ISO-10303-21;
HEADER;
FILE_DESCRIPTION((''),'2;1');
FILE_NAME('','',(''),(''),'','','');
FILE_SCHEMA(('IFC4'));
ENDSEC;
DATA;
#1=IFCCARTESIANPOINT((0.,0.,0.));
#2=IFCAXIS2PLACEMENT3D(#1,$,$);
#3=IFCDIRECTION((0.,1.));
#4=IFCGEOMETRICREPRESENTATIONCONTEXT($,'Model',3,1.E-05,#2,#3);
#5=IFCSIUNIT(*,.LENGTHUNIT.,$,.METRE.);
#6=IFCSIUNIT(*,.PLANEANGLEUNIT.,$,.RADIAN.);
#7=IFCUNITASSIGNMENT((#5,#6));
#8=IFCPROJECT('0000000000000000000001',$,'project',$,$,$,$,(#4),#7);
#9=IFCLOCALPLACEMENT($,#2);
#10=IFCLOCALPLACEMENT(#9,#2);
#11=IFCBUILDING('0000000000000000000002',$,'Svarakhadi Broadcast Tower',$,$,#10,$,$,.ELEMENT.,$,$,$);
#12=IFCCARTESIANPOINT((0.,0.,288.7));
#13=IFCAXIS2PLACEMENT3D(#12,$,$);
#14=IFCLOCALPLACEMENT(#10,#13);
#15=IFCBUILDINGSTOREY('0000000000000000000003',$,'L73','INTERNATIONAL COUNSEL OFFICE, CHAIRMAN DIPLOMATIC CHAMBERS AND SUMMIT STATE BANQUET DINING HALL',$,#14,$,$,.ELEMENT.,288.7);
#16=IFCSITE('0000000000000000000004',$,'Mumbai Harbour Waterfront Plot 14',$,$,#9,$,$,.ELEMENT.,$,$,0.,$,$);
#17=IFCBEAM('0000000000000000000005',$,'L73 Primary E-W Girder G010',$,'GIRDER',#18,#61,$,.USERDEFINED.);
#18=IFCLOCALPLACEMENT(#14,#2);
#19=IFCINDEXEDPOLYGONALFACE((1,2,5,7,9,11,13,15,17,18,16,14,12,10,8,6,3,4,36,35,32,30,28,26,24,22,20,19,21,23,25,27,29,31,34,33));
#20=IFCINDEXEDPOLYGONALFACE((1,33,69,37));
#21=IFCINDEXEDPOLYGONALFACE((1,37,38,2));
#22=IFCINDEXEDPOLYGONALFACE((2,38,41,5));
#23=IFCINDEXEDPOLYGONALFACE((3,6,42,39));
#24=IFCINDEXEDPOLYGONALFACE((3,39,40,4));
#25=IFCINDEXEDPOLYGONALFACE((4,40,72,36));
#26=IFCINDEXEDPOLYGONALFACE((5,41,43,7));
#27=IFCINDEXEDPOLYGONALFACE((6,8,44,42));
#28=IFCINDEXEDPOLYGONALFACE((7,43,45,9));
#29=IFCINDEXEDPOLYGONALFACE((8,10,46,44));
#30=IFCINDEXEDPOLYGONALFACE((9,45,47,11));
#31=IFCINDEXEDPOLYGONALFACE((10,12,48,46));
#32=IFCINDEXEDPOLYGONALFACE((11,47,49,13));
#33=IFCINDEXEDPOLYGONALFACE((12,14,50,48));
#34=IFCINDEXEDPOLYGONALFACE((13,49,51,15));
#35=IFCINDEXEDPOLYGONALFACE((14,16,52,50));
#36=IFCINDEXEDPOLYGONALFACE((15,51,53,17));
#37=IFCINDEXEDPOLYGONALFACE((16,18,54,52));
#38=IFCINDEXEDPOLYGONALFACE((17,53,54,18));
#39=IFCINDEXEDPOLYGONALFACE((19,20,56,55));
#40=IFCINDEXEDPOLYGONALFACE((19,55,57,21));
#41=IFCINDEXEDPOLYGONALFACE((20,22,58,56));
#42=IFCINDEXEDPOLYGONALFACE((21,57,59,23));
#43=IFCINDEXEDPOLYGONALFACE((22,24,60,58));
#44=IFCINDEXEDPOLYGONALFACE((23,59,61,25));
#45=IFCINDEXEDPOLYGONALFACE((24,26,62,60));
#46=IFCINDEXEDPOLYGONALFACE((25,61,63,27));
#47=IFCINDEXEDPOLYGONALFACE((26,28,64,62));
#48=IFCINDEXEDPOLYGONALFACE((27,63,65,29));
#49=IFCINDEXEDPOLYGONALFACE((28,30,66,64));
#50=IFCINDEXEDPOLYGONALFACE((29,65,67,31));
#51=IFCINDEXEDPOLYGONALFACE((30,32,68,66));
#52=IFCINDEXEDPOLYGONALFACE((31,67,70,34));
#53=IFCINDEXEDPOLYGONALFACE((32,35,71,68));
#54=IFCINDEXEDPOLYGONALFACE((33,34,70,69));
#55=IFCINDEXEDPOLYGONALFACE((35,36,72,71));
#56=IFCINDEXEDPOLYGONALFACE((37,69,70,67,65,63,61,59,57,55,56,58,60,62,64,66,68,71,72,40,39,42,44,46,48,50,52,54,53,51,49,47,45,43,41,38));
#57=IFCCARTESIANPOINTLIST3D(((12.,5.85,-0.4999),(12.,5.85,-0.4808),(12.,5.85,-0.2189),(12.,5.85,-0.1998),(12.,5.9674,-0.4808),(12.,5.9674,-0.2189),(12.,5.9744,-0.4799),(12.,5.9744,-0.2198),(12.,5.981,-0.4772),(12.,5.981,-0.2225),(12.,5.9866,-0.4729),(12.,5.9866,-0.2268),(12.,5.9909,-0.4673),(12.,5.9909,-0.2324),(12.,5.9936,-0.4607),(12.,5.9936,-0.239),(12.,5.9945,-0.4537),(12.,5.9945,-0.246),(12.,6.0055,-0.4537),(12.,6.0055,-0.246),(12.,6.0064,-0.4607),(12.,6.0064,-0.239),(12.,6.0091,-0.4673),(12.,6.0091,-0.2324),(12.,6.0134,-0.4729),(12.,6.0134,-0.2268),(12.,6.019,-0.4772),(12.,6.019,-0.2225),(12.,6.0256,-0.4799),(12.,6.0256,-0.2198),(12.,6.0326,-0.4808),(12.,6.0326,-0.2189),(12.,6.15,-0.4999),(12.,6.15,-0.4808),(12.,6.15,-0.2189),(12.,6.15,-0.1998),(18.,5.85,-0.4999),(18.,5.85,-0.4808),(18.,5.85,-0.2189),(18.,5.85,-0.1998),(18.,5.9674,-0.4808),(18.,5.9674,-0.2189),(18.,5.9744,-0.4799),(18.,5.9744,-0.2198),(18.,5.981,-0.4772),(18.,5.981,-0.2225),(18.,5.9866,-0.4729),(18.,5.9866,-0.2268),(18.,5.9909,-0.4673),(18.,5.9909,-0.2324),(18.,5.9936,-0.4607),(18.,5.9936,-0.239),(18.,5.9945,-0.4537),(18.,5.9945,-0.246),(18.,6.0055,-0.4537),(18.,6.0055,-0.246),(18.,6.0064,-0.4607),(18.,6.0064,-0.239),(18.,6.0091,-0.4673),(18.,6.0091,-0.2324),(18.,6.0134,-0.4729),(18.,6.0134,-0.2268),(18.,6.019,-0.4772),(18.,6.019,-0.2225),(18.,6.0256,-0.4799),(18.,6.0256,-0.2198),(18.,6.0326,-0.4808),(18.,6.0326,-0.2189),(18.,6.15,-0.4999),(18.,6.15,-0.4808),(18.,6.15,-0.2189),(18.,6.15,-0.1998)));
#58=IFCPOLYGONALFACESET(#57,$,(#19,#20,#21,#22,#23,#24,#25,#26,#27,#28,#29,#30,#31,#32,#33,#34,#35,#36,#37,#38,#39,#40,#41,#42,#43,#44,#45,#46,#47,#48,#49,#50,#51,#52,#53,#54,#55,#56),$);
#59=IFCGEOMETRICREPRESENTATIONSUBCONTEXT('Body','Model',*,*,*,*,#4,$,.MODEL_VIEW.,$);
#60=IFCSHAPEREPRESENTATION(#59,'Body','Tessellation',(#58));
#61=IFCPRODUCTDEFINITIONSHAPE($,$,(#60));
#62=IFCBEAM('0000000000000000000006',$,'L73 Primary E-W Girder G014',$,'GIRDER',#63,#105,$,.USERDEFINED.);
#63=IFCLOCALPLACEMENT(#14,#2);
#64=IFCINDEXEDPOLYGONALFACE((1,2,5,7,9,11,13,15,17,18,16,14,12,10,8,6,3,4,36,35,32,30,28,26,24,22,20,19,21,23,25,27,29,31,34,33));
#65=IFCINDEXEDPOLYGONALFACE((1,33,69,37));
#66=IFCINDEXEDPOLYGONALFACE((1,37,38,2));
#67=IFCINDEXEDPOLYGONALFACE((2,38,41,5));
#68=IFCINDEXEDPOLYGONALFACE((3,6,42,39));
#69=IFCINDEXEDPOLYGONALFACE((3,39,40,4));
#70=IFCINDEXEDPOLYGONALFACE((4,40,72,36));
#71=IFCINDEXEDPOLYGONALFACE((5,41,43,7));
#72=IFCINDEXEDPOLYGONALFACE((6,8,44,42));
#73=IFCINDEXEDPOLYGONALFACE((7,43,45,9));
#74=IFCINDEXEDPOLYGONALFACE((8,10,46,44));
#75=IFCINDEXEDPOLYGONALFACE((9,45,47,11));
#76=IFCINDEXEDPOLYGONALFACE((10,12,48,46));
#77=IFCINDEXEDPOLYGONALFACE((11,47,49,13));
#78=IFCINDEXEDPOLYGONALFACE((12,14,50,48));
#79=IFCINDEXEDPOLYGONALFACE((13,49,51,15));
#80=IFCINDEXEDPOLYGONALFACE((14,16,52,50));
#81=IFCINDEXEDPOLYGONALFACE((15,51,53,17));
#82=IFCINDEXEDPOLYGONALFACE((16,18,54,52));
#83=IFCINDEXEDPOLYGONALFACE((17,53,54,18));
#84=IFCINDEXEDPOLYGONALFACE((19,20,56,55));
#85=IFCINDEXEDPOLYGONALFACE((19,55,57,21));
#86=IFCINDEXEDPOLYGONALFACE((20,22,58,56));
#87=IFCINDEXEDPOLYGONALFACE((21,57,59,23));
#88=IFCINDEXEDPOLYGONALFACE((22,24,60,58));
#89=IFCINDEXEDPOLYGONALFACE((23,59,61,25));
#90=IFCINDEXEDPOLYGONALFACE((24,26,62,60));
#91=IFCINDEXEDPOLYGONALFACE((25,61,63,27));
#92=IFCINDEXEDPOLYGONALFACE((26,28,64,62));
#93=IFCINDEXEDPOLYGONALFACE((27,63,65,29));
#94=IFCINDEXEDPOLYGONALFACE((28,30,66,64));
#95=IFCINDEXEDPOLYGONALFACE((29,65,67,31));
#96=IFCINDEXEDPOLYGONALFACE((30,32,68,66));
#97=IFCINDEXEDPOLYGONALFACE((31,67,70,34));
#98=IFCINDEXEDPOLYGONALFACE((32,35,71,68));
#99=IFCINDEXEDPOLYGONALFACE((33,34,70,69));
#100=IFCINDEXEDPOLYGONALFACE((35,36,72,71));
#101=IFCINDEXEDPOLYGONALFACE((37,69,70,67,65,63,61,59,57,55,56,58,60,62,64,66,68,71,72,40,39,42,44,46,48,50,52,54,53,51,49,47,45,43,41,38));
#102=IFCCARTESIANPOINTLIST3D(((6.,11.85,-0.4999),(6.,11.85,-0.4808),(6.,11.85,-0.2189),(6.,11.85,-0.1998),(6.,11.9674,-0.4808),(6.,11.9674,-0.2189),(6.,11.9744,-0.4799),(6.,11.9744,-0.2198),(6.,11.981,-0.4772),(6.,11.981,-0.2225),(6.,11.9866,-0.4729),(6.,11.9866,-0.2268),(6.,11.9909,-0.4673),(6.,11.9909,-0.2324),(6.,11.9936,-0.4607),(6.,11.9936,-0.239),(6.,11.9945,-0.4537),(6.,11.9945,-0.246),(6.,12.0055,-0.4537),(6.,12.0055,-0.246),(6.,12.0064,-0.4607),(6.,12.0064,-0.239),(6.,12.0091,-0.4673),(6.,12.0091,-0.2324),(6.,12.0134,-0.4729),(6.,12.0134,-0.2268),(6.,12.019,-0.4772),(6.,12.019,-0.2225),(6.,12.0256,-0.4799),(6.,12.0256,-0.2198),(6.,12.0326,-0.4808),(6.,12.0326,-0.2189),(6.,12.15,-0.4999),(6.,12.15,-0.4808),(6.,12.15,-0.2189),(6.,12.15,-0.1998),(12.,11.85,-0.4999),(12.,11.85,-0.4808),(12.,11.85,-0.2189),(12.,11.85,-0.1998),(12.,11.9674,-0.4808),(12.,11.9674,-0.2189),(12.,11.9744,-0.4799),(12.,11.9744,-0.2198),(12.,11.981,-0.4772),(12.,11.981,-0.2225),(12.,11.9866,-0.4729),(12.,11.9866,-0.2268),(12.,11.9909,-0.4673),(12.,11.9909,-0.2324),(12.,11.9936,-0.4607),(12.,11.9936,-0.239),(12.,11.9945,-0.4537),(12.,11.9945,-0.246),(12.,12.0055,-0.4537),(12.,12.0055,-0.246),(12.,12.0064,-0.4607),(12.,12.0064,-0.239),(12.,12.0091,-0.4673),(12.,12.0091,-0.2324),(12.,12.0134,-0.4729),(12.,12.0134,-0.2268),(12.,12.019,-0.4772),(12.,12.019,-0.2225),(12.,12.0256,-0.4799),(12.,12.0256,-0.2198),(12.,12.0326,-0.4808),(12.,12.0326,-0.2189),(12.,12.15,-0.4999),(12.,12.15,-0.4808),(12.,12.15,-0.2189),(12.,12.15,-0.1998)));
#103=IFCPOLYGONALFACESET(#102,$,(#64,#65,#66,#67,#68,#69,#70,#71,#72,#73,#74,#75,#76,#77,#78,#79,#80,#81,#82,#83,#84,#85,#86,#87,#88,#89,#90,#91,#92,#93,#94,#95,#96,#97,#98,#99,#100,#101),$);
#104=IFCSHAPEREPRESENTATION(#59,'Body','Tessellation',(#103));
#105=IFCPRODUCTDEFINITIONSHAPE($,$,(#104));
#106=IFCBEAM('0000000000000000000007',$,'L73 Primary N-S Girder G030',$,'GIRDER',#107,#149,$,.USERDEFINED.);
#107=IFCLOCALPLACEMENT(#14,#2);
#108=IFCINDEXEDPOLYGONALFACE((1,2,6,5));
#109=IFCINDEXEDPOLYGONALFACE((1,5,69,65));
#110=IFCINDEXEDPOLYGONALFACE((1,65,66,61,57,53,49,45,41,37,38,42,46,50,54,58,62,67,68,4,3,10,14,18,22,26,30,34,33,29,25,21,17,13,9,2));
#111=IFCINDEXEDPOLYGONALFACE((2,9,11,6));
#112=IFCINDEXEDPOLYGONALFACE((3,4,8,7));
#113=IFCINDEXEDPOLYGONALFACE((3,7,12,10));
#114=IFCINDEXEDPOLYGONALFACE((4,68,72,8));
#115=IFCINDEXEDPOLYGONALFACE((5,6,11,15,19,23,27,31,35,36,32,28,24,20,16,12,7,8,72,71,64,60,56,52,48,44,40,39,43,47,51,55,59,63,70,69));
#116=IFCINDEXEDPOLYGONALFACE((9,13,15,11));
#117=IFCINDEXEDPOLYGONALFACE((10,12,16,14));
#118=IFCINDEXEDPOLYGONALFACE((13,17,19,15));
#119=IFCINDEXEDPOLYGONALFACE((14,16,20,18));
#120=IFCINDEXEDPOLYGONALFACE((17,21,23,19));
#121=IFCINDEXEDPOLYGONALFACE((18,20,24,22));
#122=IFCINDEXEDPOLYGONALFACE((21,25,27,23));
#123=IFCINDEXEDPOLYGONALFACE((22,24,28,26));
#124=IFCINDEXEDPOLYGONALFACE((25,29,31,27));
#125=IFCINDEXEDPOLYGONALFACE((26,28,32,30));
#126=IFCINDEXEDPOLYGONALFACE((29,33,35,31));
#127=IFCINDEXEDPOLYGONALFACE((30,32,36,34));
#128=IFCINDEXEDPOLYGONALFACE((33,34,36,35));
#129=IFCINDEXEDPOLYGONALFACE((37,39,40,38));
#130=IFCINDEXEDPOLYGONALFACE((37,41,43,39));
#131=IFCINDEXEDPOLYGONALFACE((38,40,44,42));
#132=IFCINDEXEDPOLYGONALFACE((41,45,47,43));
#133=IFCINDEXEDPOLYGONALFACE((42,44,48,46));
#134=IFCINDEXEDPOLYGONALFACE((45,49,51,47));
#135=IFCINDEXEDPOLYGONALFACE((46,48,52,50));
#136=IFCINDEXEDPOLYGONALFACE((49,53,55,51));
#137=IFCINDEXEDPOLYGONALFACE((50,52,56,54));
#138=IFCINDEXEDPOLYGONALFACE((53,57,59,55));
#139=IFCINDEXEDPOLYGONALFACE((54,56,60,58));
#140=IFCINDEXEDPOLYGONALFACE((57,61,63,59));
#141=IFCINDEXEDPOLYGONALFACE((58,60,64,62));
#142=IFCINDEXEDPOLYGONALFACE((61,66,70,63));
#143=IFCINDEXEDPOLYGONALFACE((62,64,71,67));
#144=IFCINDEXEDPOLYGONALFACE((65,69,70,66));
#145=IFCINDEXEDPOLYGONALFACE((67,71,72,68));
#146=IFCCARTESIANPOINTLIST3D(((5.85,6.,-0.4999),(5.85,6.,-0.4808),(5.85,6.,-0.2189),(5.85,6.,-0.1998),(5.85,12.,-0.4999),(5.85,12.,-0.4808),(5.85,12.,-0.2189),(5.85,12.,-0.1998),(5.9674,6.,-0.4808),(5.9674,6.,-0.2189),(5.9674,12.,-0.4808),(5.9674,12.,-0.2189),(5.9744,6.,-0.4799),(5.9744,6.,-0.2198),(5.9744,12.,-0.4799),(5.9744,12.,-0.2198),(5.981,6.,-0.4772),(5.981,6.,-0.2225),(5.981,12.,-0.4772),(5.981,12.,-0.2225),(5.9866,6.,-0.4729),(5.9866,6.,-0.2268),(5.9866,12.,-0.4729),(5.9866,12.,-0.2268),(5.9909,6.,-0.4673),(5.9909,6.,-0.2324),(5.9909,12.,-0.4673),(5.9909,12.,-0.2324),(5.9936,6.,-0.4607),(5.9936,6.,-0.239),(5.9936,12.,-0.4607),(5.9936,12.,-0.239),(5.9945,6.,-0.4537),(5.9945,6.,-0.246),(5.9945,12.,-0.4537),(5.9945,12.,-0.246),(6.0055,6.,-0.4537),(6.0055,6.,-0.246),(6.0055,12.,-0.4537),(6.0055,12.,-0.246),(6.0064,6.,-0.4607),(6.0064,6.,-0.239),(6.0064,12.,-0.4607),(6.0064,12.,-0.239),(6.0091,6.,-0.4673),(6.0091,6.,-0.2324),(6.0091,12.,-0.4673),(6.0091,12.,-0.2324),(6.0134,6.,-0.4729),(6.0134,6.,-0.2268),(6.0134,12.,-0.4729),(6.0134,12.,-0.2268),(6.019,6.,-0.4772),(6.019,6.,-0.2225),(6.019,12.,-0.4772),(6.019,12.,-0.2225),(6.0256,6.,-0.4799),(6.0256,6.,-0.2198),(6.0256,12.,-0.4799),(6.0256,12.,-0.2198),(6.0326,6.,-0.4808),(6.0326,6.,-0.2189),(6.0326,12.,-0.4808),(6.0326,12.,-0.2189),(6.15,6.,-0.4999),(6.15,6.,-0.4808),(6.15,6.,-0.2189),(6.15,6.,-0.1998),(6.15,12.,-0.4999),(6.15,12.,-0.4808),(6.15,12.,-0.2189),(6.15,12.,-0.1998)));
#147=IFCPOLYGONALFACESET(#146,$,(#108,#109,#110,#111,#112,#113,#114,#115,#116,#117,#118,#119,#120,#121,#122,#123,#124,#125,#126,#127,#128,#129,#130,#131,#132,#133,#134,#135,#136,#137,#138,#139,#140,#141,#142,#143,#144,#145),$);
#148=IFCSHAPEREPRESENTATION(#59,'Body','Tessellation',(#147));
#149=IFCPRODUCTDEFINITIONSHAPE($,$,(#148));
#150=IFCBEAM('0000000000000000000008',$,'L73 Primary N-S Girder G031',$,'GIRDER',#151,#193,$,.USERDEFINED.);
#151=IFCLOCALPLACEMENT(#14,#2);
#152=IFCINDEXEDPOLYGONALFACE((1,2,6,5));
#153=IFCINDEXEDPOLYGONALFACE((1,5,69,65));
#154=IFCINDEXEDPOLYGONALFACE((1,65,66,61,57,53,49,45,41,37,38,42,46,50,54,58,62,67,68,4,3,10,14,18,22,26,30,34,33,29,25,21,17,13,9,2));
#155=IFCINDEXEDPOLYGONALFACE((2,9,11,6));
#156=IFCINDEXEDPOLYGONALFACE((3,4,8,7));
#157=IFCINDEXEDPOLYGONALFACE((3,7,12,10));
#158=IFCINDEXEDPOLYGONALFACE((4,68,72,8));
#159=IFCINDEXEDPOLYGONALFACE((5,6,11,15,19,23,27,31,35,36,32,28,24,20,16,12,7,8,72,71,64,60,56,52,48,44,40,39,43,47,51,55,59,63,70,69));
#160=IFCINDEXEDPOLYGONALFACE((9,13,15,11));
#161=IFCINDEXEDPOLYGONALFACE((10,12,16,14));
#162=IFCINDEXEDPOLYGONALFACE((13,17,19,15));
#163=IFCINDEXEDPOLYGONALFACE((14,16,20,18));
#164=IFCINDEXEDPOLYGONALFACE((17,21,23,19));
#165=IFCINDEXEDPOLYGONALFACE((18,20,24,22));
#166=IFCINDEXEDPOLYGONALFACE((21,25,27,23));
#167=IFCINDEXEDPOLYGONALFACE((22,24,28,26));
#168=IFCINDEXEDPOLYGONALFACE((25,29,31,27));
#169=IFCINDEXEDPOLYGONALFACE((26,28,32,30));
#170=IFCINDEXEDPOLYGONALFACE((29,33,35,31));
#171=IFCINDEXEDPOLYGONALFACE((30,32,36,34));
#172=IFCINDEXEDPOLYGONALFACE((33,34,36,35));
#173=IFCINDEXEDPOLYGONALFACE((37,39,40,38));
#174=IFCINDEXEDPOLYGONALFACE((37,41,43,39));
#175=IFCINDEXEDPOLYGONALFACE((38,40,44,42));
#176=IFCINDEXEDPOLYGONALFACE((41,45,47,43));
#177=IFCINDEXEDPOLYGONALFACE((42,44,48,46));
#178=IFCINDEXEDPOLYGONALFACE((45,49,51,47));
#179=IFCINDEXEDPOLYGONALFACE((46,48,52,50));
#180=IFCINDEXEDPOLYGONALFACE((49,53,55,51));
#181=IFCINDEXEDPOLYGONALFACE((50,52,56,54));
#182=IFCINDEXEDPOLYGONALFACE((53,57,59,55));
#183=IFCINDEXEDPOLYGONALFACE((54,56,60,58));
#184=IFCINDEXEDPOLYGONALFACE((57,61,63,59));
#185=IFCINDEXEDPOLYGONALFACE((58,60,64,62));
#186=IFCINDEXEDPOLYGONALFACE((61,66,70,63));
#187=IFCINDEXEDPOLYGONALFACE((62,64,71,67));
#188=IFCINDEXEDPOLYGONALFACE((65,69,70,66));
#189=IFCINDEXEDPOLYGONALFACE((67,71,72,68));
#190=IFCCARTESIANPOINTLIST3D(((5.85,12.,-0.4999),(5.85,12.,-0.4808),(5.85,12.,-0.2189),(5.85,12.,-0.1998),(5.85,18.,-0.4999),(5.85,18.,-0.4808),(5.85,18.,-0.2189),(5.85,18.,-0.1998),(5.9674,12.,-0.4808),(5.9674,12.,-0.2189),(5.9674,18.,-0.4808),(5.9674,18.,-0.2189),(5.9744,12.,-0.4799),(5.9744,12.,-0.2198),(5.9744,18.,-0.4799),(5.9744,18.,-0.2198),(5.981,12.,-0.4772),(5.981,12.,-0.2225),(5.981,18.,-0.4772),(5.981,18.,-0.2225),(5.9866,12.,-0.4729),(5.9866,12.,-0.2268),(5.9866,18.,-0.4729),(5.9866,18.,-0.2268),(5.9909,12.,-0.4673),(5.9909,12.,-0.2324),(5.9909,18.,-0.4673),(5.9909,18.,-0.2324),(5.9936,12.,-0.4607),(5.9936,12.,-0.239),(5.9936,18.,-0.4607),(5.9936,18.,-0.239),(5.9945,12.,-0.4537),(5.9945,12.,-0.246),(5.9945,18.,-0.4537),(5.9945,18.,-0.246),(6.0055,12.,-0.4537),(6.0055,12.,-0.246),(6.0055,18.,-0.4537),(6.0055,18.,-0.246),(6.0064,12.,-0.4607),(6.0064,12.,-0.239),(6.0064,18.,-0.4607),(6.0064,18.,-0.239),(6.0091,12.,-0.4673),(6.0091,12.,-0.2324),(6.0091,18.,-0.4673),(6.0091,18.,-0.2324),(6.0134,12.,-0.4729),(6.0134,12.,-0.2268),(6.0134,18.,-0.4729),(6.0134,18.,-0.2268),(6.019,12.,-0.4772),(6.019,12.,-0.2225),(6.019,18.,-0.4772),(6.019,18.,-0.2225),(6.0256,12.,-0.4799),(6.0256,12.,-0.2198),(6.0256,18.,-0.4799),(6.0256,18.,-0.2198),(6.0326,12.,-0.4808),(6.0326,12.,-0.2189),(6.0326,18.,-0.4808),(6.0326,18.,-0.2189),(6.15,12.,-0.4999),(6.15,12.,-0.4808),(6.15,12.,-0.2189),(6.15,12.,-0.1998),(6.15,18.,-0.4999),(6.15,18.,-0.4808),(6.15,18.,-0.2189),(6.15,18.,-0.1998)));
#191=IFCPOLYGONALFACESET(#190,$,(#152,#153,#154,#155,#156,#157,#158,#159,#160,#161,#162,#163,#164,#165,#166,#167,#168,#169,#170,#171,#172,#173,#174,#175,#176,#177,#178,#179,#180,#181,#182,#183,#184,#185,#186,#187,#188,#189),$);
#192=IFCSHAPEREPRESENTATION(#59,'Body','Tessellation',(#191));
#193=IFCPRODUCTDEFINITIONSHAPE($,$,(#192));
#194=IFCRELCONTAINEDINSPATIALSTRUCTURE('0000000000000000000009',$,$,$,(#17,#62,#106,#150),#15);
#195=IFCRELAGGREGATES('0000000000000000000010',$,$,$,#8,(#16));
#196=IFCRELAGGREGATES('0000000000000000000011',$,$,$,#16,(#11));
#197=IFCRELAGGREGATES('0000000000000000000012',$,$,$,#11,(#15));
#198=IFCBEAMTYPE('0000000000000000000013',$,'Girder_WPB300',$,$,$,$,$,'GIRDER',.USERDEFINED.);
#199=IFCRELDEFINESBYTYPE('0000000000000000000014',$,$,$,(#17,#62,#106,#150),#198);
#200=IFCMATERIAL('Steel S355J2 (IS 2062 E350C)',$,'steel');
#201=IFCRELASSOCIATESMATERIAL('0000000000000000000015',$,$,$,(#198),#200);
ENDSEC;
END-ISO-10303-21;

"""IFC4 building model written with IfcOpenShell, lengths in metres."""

from ifc_helpers import new_model, si_unit, direction, frame, origin, origin_2d, place, context, subcontext, project, spatial, i_section, extrude, material, material_profile, profile_set, type_object, element, save


model = new_model("IFC4")

# Units and contexts
model_context = context("Model", 3, precision=1e-05, world=origin(), true_north=direction((0.0, 1.0)))
body_context = subcontext(model_context, "Body", "Model", "MODEL_VIEW")
ifc_project = project(units=[si_unit("LENGTHUNIT", "METRE"), si_unit("PLANEANGLEUNIT", "RADIAN")], contexts=[model_context])

# Site, building, storey
site_placement = place(None, origin())
site = spatial("IfcSite", under=ifc_project, at=site_placement, Name="Mumbai Harbour Waterfront Plot 14", CompositionType="ELEMENT", RefElevation=0.0)
building_placement = place(site_placement, origin())
building = spatial("IfcBuilding", under=site, at=building_placement, Name="Svarakhadi Broadcast Tower", CompositionType="ELEMENT")
storey_placement = place(building_placement, frame((0.0, 0.0, 288.7)))
storey = spatial("IfcBuildingStorey", under=building, at=storey_placement, Name="L73", Description="INTERNATIONAL COUNSEL OFFICE, CHAIRMAN DIPLOMATIC CHAMBERS AND SUMMIT STATE BANQUET DINING HALL", CompositionType="ELEMENT", Elevation=288.7)

# Shared definitions
ifc_material_1 = material(Name="Steel S355J2 (IS 2062 E350C)", Category="steel")

# Beams
ifc_material_profile_1 = material_profile(ifc_material_1, i_section(OverallWidth=0.3, OverallDepth=0.3, WebThickness=0.011, FlangeThickness=0.019, FilletRadius=0.0271, at=origin_2d()), Name="WPB 300x300x117")
ifc_profile_set_1 = profile_set([ifc_material_profile_1], Name="Steel S355J2 (IS 2062 E350C)")
beam_type_1 = type_object("IfcBeamType", Name="Girder_WPB300", ElementType="GIRDER", PredefinedType="USERDEFINED", material=ifc_profile_set_1)
for number, where, z_axis, x_axis, name in (
    (1, (12.0, 6.0, -0.3499), (1.0, 0.0, 0.0), (0.0, 1.0, 0.0), "L73 Primary E-W Girder G010"),
    (2, (6.0, 12.0, -0.3499), (1.0, 0.0, 0.0), (0.0, 1.0, 0.0), "L73 Primary E-W Girder G014"),
    (3, (6.0, 6.0, -0.3499), (0.0, 1.0, 0.0), (-1.0, 0.0, 0.0), "L73 Primary N-S Girder G030"),
    (4, (6.0, 12.0, -0.3499), (0.0, 1.0, 0.0), (-1.0, 0.0, 0.0), "L73 Primary N-S Girder G031"),
):
    element("IfcBeam", number, at=place(storey_placement, frame(where, z_axis=z_axis, x_axis=x_axis)), inside=storey, type_object=beam_type_1, Name=name, ObjectType="GIRDER", PredefinedType="USERDEFINED", context=body_context, shape_type="SweptSolid", body=[
        extrude(i_section(OverallWidth=0.3, OverallDepth=0.3, WebThickness=0.011, FlangeThickness=0.019, FilletRadius=0.0271, at=origin_2d()), origin(), (0.0, 0.0, 1.0), 6.0),
    ])

save(model, "model.ifc")
